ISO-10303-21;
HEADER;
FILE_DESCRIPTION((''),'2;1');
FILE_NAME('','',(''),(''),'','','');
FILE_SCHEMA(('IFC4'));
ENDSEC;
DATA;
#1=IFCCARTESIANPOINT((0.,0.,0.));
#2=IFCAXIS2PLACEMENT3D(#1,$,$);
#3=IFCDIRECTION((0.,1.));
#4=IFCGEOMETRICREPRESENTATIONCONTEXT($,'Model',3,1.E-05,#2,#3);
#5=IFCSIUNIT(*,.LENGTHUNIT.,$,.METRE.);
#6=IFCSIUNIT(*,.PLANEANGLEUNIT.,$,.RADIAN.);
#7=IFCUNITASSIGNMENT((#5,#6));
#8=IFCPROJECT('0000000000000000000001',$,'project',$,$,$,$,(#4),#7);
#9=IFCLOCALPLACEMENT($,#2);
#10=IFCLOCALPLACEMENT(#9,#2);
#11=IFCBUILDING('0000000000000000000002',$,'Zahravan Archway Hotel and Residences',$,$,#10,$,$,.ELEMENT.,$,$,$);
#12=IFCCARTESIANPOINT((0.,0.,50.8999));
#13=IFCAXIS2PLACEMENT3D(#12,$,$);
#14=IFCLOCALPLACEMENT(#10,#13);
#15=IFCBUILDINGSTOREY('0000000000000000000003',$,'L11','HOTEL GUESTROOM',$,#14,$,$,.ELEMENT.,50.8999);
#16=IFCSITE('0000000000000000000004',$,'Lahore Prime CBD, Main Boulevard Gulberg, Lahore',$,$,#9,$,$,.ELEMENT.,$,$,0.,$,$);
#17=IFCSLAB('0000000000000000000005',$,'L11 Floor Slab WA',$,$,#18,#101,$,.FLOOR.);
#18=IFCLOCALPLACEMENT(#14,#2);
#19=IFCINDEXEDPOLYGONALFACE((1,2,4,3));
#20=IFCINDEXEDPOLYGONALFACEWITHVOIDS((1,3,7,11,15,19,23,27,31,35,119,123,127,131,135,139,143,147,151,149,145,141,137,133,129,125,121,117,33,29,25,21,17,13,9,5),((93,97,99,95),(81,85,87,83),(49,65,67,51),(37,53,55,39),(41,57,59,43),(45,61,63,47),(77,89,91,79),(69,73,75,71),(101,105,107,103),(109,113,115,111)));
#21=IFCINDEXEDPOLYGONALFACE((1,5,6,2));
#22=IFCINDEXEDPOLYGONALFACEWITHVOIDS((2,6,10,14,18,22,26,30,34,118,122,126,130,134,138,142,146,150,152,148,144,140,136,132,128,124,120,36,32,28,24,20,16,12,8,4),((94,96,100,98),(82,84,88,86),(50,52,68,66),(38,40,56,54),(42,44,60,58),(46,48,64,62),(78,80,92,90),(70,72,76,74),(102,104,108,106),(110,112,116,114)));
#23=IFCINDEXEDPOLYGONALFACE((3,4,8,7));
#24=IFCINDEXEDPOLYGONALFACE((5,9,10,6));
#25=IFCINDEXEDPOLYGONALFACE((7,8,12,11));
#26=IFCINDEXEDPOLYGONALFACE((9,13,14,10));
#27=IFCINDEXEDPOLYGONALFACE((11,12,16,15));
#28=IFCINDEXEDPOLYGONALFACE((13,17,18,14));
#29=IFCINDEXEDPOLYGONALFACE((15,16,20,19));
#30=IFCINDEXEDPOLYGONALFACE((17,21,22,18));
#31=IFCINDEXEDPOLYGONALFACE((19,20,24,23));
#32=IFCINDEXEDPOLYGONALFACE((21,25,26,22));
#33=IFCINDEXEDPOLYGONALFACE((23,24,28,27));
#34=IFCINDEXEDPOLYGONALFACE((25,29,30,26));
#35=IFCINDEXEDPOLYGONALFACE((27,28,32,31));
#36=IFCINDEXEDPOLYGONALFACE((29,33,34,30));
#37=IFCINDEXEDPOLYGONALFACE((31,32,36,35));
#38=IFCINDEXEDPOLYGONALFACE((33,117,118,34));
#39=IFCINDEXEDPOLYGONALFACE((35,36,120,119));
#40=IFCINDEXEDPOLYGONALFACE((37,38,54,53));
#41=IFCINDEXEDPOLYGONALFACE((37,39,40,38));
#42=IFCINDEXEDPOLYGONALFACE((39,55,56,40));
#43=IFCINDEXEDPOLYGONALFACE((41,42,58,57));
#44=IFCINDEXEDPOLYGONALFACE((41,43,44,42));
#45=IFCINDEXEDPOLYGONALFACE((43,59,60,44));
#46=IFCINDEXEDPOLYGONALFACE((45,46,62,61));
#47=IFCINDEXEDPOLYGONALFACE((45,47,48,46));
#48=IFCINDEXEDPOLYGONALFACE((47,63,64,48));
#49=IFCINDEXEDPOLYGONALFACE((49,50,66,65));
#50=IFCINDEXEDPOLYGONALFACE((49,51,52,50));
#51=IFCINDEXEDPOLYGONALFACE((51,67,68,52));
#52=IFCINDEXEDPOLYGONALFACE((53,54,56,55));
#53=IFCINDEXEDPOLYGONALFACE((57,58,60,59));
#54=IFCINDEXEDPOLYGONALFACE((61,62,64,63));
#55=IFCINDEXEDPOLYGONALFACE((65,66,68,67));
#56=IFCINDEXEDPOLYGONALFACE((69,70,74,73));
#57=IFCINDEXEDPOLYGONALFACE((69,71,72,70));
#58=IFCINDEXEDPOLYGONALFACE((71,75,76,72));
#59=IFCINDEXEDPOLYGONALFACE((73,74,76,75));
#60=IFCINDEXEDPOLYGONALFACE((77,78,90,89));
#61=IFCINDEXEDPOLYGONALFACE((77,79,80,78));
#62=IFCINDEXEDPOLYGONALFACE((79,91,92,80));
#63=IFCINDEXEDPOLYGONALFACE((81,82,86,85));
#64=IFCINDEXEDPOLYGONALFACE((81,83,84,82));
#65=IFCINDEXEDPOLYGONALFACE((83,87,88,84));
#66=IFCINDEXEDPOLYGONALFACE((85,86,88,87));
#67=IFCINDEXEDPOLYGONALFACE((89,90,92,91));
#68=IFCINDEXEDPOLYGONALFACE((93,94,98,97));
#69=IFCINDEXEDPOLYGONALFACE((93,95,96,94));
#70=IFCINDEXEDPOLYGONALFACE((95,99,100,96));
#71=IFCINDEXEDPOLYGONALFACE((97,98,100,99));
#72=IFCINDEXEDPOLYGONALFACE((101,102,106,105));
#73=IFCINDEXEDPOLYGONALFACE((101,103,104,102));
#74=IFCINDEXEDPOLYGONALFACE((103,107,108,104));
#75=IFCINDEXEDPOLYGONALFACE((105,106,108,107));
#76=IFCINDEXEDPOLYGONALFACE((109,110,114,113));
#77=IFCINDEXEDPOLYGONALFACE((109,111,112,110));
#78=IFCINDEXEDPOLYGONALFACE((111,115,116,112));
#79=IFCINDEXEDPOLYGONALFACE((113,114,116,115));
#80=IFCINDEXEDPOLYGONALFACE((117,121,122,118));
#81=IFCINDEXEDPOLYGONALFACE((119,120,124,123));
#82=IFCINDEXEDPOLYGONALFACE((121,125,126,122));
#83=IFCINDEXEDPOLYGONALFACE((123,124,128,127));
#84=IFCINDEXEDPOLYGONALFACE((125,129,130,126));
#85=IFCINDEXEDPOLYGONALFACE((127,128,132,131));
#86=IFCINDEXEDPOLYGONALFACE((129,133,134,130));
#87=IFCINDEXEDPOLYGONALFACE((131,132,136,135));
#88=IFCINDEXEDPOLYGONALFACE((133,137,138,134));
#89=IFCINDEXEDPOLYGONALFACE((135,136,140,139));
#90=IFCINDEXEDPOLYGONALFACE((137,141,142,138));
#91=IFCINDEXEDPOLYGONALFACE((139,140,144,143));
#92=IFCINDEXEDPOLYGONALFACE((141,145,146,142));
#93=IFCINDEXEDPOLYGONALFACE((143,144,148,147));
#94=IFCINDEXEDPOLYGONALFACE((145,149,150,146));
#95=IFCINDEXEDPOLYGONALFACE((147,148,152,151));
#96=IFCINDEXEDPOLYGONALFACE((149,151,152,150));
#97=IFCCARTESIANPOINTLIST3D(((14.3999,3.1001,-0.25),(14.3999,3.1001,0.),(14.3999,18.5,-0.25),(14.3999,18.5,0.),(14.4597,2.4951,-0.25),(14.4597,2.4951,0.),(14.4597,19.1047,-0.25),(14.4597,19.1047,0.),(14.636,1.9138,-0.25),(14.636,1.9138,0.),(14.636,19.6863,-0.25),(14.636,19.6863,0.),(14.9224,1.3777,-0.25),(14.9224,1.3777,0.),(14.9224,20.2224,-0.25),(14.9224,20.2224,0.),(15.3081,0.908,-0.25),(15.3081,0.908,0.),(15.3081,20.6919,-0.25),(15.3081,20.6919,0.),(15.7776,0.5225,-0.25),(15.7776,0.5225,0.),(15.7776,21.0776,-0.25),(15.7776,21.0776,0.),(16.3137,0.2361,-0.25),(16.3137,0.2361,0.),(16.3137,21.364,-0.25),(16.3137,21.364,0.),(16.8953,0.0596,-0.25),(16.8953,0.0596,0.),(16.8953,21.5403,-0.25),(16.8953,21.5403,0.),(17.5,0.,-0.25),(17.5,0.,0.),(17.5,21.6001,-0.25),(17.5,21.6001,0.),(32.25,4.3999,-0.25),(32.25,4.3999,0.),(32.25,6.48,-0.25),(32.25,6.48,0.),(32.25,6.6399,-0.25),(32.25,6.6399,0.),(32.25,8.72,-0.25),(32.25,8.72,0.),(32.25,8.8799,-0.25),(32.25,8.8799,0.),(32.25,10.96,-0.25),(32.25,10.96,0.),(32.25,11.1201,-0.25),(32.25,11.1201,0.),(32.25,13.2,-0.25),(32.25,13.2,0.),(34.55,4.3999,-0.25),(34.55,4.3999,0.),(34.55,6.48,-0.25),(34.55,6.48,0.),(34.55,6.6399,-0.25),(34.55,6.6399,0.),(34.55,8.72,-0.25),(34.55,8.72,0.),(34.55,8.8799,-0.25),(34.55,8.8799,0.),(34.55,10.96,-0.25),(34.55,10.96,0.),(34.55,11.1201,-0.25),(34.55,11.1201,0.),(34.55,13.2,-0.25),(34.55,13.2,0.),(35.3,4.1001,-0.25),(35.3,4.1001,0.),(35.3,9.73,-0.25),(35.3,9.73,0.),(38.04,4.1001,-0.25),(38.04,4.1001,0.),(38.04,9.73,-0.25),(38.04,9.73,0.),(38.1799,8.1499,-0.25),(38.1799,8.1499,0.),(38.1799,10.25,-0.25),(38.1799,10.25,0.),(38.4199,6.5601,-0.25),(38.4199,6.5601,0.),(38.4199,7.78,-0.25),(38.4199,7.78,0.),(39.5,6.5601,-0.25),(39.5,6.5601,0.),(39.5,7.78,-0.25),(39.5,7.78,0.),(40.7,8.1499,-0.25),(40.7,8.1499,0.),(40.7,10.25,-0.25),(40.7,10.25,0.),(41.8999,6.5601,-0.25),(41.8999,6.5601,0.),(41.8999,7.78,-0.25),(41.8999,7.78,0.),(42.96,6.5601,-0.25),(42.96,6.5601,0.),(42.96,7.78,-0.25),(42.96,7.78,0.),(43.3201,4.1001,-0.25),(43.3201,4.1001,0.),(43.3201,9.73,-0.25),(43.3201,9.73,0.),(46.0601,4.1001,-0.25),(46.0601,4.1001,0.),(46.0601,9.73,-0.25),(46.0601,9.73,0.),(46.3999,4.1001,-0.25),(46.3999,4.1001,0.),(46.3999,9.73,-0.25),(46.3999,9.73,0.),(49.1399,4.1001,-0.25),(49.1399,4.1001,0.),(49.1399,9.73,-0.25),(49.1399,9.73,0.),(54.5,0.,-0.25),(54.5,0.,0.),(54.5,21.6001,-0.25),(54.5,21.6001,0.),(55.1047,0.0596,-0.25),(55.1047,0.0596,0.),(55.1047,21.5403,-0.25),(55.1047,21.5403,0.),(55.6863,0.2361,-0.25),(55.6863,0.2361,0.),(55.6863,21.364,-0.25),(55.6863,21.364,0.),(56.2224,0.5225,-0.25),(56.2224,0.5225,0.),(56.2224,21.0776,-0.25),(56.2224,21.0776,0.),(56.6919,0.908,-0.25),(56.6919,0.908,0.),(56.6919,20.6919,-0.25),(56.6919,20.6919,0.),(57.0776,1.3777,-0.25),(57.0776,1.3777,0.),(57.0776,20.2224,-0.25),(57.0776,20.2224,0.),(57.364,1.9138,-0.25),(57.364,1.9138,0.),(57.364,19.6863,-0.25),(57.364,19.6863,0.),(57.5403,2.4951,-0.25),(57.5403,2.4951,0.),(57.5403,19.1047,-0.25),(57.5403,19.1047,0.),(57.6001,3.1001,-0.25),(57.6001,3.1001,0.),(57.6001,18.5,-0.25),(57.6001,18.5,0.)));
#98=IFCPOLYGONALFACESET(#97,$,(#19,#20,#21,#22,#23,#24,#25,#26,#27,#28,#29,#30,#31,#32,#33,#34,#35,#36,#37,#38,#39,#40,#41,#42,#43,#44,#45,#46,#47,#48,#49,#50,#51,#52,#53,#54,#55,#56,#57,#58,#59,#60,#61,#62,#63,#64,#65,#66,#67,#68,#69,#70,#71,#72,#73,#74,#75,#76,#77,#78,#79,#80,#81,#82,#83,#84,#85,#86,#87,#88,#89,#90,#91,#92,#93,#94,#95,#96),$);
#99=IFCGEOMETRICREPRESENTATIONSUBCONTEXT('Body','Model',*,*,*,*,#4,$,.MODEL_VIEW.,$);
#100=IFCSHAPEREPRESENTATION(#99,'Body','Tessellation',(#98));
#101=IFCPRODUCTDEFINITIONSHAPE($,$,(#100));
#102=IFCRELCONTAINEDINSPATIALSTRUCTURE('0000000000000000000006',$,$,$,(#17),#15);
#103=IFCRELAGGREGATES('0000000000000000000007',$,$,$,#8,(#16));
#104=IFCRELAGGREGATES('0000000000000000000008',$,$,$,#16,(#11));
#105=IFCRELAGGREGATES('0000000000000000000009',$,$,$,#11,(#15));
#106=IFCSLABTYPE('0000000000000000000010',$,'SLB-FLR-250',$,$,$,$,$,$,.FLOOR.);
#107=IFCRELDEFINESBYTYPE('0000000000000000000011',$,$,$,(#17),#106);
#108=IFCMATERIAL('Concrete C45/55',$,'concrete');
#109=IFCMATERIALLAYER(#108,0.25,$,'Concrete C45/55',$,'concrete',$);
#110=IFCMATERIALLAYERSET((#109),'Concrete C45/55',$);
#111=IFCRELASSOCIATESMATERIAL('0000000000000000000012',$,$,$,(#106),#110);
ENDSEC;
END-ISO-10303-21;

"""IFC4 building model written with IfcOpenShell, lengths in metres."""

from ifc_helpers import new_model, si_unit, direction, frame, origin, place, context, subcontext, project, spatial, polyline, outline, extrude, material, layer, layer_set, type_object, element, save


model = new_model("IFC4")

# Units and contexts
model_context = context("Model", 3, precision=1e-05, world=origin(), true_north=direction((0.0, 1.0)))
body_context = subcontext(model_context, "Body", "Model", "MODEL_VIEW")
ifc_project = project(units=[si_unit("LENGTHUNIT", "METRE"), si_unit("PLANEANGLEUNIT", "RADIAN")], contexts=[model_context])

# Site, building, storey
site_placement = place(None, origin())
site = spatial("IfcSite", under=ifc_project, at=site_placement, Name="Lahore Prime CBD, Main Boulevard Gulberg, Lahore", CompositionType="ELEMENT", RefElevation=0.0)
building_placement = place(site_placement, origin())
building = spatial("IfcBuilding", under=site, at=building_placement, Name="Zahravan Archway Hotel and Residences", CompositionType="ELEMENT")
storey_placement = place(building_placement, frame((0.0, 0.0, 50.8999)))
storey = spatial("IfcBuildingStorey", under=building, at=storey_placement, Name="L11", Description="HOTEL GUESTROOM", CompositionType="ELEMENT", Elevation=50.8999)

# Slab
ifc_material_1 = material(Name="Concrete C45/55", Category="concrete")
ifc_layer_1 = layer(ifc_material_1, 0.25, Name="Concrete C45/55", Category="concrete")
ifc_layer_set_1 = layer_set([ifc_layer_1], Name="Concrete C45/55")
slab_type_1 = type_object("IfcSlabType", Name="SLB-FLR-250", PredefinedType="FLOOR", material=ifc_layer_set_1)
slab_1_placement = place(storey_placement, frame((0.0, 0.0, -0.25)))
element("IfcSlab", 1, at=slab_1_placement, inside=storey, type_object=slab_type_1, Name="L11 Floor Slab WA", PredefinedType="FLOOR", context=body_context, shape_type="SweptSolid", body=[
    extrude(outline(polyline([(54.5, 0.0), (55.1047, 0.0596), (55.6863, 0.2361), (56.2224, 0.5225), (56.6919, 0.908), (57.0776, 1.3777), (57.364, 1.9138), (57.5403, 2.4951), (57.6001, 3.1001), (57.6001, 18.5), (57.5403, 19.1047), (57.364, 19.6863), (57.0776, 20.2224), (56.6919, 20.6919), (56.2224, 21.0776), (55.6863, 21.364), (55.1047, 21.5403), (54.5, 21.6001), (17.5, 21.6001), (16.8953, 21.5403), (16.3137, 21.364), (15.7776, 21.0776), (15.3081, 20.6919), (14.9224, 20.2224), (14.636, 19.6863), (14.4597, 19.1047), (14.3999, 18.5), (14.3999, 3.1001), (14.4597, 2.4951), (14.636, 1.9138), (14.9224, 1.3777), (15.3081, 0.908), (15.7776, 0.5225), (16.3137, 0.2361), (16.8953, 0.0596), (17.5, 0.0), (54.5, 0.0)]), holes=[polyline([(35.3, 9.73), (35.3, 4.1001), (38.04, 4.1001), (38.04, 9.73), (35.3, 9.73)]), polyline([(43.3201, 9.73), (43.3201, 4.1001), (46.0601, 4.1001), (46.0601, 9.73), (43.3201, 9.73)]), polyline([(46.3999, 9.73), (46.3999, 4.1001), (49.1399, 4.1001), (49.1399, 9.73), (46.3999, 9.73)]), polyline([(38.1799, 8.1499), (40.7, 8.1499), (40.7, 10.25), (38.1799, 10.25), (38.1799, 8.1499)]), polyline([(32.25, 4.3999), (34.55, 4.3999), (34.55, 6.48), (32.25, 6.48), (32.25, 4.3999)]), polyline([(32.25, 6.6399), (34.55, 6.6399), (34.55, 8.72), (32.25, 8.72), (32.25, 6.6399)]), polyline([(32.25, 8.8799), (34.55, 8.8799), (34.55, 10.96), (32.25, 10.96), (32.25, 8.8799)]), polyline([(32.25, 11.1201), (34.55, 11.1201), (34.55, 13.2), (32.25, 13.2), (32.25, 11.1201)]), polyline([(38.4199, 6.5601), (39.5, 6.5601), (39.5, 7.78), (38.4199, 7.78), (38.4199, 6.5601)]), polyline([(41.8999, 6.5601), (42.96, 6.5601), (42.96, 7.78), (41.8999, 7.78), (41.8999, 6.5601)])]), origin(), (0.0, 0.0, 1.0), 0.25),
])

save(model, "model.ifc")
